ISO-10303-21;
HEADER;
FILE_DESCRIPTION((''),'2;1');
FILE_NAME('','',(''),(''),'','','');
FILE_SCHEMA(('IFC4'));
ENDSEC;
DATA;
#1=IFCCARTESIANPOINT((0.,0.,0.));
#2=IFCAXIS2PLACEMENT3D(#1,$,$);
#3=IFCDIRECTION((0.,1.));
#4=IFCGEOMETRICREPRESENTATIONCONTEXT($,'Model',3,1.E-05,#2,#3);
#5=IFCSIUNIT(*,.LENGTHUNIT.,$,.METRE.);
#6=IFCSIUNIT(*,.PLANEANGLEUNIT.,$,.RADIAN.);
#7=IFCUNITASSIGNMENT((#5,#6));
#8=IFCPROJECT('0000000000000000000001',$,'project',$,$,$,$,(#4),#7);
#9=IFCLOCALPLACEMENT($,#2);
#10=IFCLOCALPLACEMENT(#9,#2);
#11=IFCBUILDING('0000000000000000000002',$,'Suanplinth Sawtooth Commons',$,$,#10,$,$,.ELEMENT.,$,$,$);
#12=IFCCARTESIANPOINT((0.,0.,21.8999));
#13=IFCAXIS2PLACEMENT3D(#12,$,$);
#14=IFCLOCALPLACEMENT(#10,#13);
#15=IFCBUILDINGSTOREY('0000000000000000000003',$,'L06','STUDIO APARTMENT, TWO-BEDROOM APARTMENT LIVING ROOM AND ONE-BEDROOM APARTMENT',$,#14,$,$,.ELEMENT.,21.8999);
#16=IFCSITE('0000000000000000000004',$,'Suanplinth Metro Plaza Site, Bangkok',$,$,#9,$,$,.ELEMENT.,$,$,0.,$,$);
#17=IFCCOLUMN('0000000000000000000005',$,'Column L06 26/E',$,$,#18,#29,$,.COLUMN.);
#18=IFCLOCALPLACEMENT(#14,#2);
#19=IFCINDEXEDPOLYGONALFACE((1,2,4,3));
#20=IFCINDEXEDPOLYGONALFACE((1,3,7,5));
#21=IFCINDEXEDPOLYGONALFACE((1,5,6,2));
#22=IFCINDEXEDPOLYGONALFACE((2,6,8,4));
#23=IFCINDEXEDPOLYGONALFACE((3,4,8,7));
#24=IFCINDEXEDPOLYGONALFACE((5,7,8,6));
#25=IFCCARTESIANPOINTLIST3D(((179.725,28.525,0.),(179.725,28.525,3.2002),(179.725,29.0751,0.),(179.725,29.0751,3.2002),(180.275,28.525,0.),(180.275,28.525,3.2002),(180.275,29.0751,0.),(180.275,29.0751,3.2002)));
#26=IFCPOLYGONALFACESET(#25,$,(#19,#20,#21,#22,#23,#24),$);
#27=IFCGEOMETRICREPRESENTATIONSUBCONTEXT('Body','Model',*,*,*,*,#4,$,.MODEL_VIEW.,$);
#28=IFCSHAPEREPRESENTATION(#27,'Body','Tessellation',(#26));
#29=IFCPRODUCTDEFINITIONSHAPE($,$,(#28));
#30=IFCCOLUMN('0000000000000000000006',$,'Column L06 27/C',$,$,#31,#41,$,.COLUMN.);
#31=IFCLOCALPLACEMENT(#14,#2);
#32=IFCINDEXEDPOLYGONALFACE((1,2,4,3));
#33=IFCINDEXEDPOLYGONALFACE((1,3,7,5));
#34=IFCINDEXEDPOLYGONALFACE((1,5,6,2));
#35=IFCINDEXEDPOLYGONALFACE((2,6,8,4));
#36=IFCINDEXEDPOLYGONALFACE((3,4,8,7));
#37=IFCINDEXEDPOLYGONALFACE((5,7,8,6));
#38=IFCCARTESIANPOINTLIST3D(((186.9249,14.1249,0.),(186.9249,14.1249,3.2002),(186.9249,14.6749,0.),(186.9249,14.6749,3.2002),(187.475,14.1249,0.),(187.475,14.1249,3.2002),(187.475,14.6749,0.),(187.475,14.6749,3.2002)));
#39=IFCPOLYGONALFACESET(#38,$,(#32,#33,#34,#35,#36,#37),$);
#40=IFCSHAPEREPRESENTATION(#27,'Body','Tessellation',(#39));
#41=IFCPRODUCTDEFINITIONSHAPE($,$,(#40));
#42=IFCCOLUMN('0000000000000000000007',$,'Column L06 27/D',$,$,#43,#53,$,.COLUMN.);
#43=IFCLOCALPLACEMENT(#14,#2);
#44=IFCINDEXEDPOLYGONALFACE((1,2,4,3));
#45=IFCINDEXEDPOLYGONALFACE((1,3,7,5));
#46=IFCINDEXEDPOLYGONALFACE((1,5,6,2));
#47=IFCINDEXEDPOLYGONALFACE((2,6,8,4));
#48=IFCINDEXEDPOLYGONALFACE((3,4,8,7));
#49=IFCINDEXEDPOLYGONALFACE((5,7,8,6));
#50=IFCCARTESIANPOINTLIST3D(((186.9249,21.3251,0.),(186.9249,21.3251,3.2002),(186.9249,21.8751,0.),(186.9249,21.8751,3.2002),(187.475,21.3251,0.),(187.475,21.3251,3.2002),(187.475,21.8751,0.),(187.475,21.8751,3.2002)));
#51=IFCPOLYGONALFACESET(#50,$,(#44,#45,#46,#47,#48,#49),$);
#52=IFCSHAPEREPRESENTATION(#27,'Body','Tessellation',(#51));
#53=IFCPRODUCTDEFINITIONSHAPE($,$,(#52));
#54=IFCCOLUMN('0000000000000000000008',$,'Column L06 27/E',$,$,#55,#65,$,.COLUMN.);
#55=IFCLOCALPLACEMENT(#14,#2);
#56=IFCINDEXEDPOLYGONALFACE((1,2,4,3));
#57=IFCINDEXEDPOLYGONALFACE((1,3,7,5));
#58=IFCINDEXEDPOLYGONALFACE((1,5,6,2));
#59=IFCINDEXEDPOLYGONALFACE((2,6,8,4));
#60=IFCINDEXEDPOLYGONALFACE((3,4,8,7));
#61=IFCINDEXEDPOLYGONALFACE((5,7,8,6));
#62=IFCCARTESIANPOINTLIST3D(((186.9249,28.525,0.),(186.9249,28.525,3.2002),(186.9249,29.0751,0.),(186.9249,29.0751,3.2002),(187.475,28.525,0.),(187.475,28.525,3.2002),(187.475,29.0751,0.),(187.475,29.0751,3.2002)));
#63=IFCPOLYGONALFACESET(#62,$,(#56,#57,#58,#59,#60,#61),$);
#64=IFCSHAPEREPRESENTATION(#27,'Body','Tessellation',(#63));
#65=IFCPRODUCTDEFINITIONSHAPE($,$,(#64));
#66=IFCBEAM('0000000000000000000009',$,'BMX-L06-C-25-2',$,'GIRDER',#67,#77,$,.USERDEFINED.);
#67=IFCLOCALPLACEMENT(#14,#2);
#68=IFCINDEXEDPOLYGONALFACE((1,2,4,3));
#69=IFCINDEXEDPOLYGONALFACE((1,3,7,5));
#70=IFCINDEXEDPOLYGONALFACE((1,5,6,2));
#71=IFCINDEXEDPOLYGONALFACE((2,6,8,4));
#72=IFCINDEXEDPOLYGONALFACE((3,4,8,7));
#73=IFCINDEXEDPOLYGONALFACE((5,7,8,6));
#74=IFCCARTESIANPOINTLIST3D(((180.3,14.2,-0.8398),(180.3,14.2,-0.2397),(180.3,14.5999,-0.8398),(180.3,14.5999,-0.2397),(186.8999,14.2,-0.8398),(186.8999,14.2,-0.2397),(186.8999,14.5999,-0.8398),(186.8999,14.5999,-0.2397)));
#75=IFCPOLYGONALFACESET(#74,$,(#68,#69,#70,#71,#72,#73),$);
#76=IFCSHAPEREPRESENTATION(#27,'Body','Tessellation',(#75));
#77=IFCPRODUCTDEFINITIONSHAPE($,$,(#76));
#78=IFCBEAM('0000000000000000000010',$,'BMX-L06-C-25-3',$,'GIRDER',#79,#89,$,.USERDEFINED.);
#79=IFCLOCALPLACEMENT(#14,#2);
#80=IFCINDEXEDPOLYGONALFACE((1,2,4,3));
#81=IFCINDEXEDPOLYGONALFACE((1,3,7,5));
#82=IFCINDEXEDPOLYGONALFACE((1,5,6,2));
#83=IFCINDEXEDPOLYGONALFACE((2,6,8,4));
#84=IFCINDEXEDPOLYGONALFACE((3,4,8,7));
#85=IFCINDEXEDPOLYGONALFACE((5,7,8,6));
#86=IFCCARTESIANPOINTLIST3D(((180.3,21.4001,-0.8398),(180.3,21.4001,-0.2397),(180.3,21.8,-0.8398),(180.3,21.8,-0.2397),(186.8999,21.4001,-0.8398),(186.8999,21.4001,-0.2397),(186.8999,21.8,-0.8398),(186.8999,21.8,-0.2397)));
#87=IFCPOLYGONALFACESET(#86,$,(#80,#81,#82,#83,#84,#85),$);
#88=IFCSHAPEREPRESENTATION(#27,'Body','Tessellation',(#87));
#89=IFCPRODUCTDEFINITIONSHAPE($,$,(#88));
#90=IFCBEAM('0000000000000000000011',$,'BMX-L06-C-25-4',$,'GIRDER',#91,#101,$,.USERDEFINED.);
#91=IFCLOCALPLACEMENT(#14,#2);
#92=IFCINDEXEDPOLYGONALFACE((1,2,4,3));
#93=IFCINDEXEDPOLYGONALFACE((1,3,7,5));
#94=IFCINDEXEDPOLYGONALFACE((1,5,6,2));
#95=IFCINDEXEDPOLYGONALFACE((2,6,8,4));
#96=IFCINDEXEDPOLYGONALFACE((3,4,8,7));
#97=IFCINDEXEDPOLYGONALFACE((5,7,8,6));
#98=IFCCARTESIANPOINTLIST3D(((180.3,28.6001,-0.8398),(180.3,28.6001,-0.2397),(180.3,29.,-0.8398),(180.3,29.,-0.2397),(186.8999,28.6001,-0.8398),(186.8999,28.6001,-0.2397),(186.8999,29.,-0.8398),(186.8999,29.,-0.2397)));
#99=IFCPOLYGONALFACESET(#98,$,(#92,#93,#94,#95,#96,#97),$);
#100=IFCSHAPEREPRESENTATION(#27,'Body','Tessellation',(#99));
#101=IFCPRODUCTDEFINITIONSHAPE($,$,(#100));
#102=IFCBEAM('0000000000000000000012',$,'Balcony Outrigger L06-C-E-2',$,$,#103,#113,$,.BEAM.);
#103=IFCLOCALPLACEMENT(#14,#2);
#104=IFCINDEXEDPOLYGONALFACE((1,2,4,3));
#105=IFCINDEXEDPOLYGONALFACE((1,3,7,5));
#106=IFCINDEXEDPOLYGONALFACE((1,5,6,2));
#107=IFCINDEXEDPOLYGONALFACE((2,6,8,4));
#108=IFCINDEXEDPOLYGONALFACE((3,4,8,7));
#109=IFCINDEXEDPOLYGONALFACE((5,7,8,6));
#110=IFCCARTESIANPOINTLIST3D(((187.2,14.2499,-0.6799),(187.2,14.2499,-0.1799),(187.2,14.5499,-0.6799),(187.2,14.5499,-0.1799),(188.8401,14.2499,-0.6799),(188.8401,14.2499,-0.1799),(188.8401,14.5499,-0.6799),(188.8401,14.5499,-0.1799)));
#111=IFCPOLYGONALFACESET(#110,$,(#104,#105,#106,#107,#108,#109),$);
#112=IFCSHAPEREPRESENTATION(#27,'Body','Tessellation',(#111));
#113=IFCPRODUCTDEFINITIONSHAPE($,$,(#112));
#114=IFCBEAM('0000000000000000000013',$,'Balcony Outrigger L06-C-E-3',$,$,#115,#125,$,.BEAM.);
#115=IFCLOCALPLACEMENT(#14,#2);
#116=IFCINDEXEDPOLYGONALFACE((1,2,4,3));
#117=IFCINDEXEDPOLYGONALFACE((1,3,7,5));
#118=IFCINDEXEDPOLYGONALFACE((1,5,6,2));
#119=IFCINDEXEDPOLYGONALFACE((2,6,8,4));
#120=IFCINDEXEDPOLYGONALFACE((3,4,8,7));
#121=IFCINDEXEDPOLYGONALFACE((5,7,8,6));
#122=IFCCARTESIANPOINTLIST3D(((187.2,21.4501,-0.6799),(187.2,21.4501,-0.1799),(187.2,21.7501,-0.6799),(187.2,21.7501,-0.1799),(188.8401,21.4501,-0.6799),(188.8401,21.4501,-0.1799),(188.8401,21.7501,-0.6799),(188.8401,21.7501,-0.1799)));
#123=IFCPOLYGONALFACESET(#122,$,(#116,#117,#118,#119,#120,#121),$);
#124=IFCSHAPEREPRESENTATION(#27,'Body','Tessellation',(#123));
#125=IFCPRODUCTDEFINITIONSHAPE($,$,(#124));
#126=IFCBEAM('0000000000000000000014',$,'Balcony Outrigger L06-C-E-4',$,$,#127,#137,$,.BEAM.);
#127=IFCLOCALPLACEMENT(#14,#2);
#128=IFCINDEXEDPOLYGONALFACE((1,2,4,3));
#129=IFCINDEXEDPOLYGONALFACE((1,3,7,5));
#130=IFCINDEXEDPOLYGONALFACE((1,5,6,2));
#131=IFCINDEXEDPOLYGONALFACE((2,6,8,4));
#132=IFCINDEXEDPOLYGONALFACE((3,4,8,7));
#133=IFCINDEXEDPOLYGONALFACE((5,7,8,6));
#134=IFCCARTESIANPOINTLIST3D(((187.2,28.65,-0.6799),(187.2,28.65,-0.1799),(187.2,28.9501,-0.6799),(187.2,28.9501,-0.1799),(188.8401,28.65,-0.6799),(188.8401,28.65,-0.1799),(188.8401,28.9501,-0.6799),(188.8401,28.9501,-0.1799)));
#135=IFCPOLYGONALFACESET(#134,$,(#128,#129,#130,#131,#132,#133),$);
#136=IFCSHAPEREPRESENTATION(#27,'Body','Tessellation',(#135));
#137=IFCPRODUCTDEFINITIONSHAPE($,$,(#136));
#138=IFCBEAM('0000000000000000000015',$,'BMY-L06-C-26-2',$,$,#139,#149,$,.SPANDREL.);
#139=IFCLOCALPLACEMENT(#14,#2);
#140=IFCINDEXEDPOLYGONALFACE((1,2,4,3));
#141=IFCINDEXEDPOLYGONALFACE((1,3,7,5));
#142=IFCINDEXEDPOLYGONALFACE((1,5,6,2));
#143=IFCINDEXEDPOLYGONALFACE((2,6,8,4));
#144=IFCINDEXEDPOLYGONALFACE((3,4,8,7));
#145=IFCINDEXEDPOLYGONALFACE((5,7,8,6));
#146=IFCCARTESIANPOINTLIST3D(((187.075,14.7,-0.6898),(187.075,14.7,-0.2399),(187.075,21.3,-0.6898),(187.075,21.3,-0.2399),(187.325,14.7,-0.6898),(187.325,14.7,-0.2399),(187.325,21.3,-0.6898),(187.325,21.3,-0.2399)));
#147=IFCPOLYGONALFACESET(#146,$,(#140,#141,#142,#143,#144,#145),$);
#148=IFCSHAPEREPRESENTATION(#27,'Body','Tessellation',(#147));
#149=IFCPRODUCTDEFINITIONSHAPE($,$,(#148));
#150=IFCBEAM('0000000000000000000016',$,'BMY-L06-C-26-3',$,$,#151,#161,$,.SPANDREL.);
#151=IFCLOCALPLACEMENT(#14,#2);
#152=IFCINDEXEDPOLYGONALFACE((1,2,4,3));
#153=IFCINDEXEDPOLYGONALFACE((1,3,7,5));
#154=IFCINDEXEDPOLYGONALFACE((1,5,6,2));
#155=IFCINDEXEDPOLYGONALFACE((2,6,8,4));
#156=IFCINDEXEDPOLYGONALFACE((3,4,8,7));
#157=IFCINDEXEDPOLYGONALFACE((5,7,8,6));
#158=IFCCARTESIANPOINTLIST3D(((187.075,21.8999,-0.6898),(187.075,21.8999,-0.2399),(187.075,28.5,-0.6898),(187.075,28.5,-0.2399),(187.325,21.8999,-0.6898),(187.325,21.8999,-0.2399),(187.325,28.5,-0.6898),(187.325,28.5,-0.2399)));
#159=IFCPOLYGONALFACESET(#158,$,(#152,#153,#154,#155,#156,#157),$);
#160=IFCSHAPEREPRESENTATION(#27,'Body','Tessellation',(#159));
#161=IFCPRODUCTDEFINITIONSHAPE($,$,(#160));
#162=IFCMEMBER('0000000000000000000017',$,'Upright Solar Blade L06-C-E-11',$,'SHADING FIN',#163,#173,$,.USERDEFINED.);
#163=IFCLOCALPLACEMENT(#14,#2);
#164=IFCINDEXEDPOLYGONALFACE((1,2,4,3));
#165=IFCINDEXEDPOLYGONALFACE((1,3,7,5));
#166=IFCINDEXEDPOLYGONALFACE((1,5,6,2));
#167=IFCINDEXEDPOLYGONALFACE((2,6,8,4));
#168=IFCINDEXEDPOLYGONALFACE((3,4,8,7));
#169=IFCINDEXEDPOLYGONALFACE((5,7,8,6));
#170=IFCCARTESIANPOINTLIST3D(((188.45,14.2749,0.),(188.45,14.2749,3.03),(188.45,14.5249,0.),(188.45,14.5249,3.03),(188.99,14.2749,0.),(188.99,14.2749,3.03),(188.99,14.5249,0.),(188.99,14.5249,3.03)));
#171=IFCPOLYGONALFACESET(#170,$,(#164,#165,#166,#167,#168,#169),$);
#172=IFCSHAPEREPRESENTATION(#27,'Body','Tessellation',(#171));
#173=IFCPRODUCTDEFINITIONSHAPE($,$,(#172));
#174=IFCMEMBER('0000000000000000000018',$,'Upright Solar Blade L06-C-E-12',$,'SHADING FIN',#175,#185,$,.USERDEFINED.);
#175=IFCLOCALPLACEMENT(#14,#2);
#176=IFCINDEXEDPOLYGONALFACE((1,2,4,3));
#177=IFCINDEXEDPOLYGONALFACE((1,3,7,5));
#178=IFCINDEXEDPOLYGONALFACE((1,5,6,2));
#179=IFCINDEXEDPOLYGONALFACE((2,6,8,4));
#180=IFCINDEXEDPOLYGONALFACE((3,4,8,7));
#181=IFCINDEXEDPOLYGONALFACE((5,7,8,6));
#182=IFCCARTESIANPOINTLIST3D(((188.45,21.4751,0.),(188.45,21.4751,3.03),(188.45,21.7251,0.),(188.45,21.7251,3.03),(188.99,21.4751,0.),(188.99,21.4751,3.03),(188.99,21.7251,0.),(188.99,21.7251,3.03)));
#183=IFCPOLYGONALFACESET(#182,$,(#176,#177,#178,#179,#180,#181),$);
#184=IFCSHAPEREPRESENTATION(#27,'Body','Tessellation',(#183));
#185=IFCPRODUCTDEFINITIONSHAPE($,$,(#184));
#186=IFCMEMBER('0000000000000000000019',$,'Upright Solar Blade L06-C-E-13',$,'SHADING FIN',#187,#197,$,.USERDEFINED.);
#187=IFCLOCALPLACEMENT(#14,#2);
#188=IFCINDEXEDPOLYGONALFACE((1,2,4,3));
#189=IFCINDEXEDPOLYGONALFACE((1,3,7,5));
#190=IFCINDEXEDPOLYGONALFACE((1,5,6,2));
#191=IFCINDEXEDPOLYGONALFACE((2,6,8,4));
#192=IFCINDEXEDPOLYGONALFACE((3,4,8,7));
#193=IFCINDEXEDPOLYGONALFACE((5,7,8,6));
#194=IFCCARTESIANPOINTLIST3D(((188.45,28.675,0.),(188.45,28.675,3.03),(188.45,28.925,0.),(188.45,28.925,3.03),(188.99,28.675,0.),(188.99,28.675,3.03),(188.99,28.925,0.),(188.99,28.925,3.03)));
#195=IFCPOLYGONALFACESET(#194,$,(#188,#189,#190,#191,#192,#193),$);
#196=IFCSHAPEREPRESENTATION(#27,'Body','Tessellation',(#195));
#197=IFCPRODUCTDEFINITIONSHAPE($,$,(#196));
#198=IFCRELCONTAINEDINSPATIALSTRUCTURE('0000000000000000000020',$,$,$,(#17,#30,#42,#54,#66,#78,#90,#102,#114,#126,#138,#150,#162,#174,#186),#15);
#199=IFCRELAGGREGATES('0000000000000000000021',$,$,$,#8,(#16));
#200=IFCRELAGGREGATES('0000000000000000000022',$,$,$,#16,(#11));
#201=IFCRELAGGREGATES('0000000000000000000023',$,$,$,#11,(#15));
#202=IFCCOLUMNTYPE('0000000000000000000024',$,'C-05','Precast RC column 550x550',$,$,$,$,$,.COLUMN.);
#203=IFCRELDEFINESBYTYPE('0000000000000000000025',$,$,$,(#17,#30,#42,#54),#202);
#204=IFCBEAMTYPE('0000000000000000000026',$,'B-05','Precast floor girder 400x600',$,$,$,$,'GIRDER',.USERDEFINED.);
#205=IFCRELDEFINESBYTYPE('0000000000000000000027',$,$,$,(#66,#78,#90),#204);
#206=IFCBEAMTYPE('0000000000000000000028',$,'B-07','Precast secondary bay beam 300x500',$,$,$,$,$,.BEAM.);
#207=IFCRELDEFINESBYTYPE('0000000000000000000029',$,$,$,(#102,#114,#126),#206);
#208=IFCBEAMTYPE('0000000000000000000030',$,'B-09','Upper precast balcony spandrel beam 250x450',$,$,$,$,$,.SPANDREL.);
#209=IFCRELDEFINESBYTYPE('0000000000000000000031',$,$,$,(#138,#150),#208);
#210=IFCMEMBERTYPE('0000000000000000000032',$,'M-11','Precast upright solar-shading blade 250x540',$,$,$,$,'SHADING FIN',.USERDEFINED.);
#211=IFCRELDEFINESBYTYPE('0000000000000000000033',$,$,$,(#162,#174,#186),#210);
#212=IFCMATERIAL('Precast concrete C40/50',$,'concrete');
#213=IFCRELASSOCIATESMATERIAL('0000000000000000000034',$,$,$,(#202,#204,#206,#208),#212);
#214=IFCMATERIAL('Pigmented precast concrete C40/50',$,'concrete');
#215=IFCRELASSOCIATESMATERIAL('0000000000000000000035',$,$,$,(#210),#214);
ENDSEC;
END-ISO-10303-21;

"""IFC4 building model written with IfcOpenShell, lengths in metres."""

from ifc_helpers import new_model, si_unit, direction, frame, origin, origin_2d, place, context, subcontext, project, spatial, rectangle, extrude, material, material_profile, profile_set, type_object, element, save


model = new_model("IFC4")

# Units and contexts
model_context = context("Model", 3, precision=1e-05, world=origin(), true_north=direction((0.0, 1.0)))
body_context = subcontext(model_context, "Body", "Model", "MODEL_VIEW")
ifc_project = project(units=[si_unit("LENGTHUNIT", "METRE"), si_unit("PLANEANGLEUNIT", "RADIAN")], contexts=[model_context])

# Site, building, storey
site_placement = place(None, origin())
site = spatial("IfcSite", under=ifc_project, at=site_placement, Name="Suanplinth Metro Plaza Site, Bangkok", CompositionType="ELEMENT", RefElevation=0.0)
building_placement = place(site_placement, origin())
building = spatial("IfcBuilding", under=site, at=building_placement, Name="Suanplinth Sawtooth Commons", CompositionType="ELEMENT")
storey_placement = place(building_placement, frame((0.0, 0.0, 21.8999)))
storey = spatial("IfcBuildingStorey", under=building, at=storey_placement, Name="L06", Description="STUDIO APARTMENT, TWO-BEDROOM APARTMENT LIVING ROOM AND ONE-BEDROOM APARTMENT", CompositionType="ELEMENT", Elevation=21.8999)

# Columns
ifc_material_1 = material(Name="Precast concrete C40/50", Category="concrete")
ifc_material_profile_1 = material_profile(ifc_material_1, rectangle(XDim=0.55, YDim=0.55, at=origin_2d()), Name="PC-COL 550x550")
ifc_profile_set_1 = profile_set([ifc_material_profile_1], Name="Precast concrete C40/50")
column_type = type_object("IfcColumnType", Name="C-05", Description="Precast RC column 550x550", PredefinedType="COLUMN", material=ifc_profile_set_1)
for number, where, z_axis, x_axis, name in (
    (1, (180.0, 28.8, 0.0), (0.0, 0.0, 1.0), (1.0, 0.0, 0.0), "Column L06 26/E"),
    (2, (187.2, 14.3999, 0.0), (0.0, 0.0, 1.0), (1.0, 0.0, 0.0), "Column L06 27/C"),
    (3, (187.2, 21.6001, 0.0), (0.0, 0.0, 1.0), (1.0, 0.0, 0.0), "Column L06 27/D"),
    (4, (187.2, 28.8, 0.0), (0.0, 0.0, 1.0), (1.0, 0.0, 0.0), "Column L06 27/E"),
):
    element("IfcColumn", number, at=place(storey_placement, frame(where, z_axis=z_axis, x_axis=x_axis)), inside=storey, type_object=column_type, Name=name, PredefinedType="COLUMN", context=body_context, shape_type="SweptSolid", body=[
        extrude(rectangle(XDim=0.55, YDim=0.55, at=origin_2d()), origin(), (0.0, 0.0, 1.0), 3.2002),
    ])

# Beams
ifc_material_profile_2 = material_profile(ifc_material_1, rectangle(XDim=0.3999, YDim=0.6001, at=origin_2d()), Name="PC-GDR 400x600")
ifc_profile_set_2 = profile_set([ifc_material_profile_2], Name="Precast concrete C40/50")
beam_type_1 = type_object("IfcBeamType", Name="B-05", Description="Precast floor girder 400x600", ElementType="GIRDER", PredefinedType="USERDEFINED", material=ifc_profile_set_2)
for number, where, z_axis, x_axis, name in (
    (5, (180.3, 14.3999, -0.5398), (1.0, 0.0, 0.0), (0.0, 1.0, 0.0), "BMX-L06-C-25-2"),
    (6, (180.3, 21.6001, -0.5398), (1.0, 0.0, 0.0), (0.0, 1.0, 0.0), "BMX-L06-C-25-3"),
    (7, (180.3, 28.8, -0.5398), (1.0, 0.0, 0.0), (0.0, 1.0, 0.0), "BMX-L06-C-25-4"),
):
    element("IfcBeam", number, at=place(storey_placement, frame(where, z_axis=z_axis, x_axis=x_axis)), inside=storey, type_object=beam_type_1, Name=name, ObjectType="GIRDER", PredefinedType="USERDEFINED", context=body_context, shape_type="SweptSolid", body=[
        extrude(rectangle(XDim=0.3999, YDim=0.6001, at=origin_2d()), origin(), (0.0, 0.0, 1.0), 6.5999),
    ])
ifc_material_profile_3 = material_profile(ifc_material_1, rectangle(XDim=0.3, YDim=0.5, at=origin_2d()), Name="PC-BM 300x500")
ifc_profile_set_3 = profile_set([ifc_material_profile_3], Name="Precast concrete C40/50")
beam_type_2 = type_object("IfcBeamType", Name="B-07", Description="Precast secondary bay beam 300x500", PredefinedType="BEAM", material=ifc_profile_set_3)
for number, where, z_axis, x_axis, name in (
    (8, (187.2, 14.3999, -0.4299), (1.0, 0.0, 0.0), (0.0, 1.0, 0.0), "Balcony Outrigger L06-C-E-2"),
    (9, (187.2, 21.6001, -0.4299), (1.0, 0.0, 0.0), (0.0, 1.0, 0.0), "Balcony Outrigger L06-C-E-3"),
    (10, (187.2, 28.8, -0.4299), (1.0, 0.0, 0.0), (0.0, 1.0, 0.0), "Balcony Outrigger L06-C-E-4"),
):
    element("IfcBeam", number, at=place(storey_placement, frame(where, z_axis=z_axis, x_axis=x_axis)), inside=storey, type_object=beam_type_2, Name=name, PredefinedType="BEAM", context=body_context, shape_type="SweptSolid", body=[
        extrude(rectangle(XDim=0.3, YDim=0.5, at=origin_2d()), origin(), (0.0, 0.0, 1.0), 1.6401),
    ])
ifc_material_profile_4 = material_profile(ifc_material_1, rectangle(XDim=0.25, YDim=0.45, at=origin_2d()), Name="PC-SP 250x450")
ifc_profile_set_4 = profile_set([ifc_material_profile_4], Name="Precast concrete C40/50")
beam_type_3 = type_object("IfcBeamType", Name="B-09", Description="Upper precast balcony spandrel beam 250x450", PredefinedType="SPANDREL", material=ifc_profile_set_4)
for number, where, z_axis, x_axis, name in (
    (11, (187.2, 14.7, -0.4648), (0.0, 1.0, 0.0), (-1.0, 0.0, 0.0), "BMY-L06-C-26-2"),
    (12, (187.2, 21.8999, -0.4648), (0.0, 1.0, 0.0), (-1.0, 0.0, 0.0), "BMY-L06-C-26-3"),
):
    element("IfcBeam", number, at=place(storey_placement, frame(where, z_axis=z_axis, x_axis=x_axis)), inside=storey, type_object=beam_type_3, Name=name, PredefinedType="SPANDREL", context=body_context, shape_type="SweptSolid", body=[
        extrude(rectangle(XDim=0.25, YDim=0.45, at=origin_2d()), origin(), (0.0, 0.0, 1.0), 6.6001),
    ])

# Members
ifc_material_2 = material(Name="Pigmented precast concrete C40/50", Category="concrete")
ifc_material_profile_5 = material_profile(ifc_material_2, rectangle(XDim=0.25, YDim=0.54, at=origin_2d()), Name="PC-FIN 250x540")
ifc_profile_set_5 = profile_set([ifc_material_profile_5], Name="Pigmented precast concrete C40/50")
member_type = type_object("IfcMemberType", Name="M-11", Description="Precast upright solar-shading blade 250x540", ElementType="SHADING FIN", PredefinedType="USERDEFINED", material=ifc_profile_set_5)
for number, where, z_axis, x_axis, name in (
    (13, (188.72, 14.3999, 0.0), (0.0, 0.0, 1.0), (0.0, 1.0, 0.0), "Upright Solar Blade L06-C-E-11"),
    (14, (188.72, 21.6001, 0.0), (0.0, 0.0, 1.0), (0.0, 1.0, 0.0), "Upright Solar Blade L06-C-E-12"),
    (15, (188.72, 28.8, 0.0), (0.0, 0.0, 1.0), (0.0, 1.0, 0.0), "Upright Solar Blade L06-C-E-13"),
):
    element("IfcMember", number, at=place(storey_placement, frame(where, z_axis=z_axis, x_axis=x_axis)), inside=storey, type_object=member_type, Name=name, ObjectType="SHADING FIN", PredefinedType="USERDEFINED", context=body_context, shape_type="SweptSolid", body=[
        extrude(rectangle(XDim=0.25, YDim=0.54, at=origin_2d()), origin(), (0.0, 0.0, 1.0), 3.03),
    ])

save(model, "model.ifc")
